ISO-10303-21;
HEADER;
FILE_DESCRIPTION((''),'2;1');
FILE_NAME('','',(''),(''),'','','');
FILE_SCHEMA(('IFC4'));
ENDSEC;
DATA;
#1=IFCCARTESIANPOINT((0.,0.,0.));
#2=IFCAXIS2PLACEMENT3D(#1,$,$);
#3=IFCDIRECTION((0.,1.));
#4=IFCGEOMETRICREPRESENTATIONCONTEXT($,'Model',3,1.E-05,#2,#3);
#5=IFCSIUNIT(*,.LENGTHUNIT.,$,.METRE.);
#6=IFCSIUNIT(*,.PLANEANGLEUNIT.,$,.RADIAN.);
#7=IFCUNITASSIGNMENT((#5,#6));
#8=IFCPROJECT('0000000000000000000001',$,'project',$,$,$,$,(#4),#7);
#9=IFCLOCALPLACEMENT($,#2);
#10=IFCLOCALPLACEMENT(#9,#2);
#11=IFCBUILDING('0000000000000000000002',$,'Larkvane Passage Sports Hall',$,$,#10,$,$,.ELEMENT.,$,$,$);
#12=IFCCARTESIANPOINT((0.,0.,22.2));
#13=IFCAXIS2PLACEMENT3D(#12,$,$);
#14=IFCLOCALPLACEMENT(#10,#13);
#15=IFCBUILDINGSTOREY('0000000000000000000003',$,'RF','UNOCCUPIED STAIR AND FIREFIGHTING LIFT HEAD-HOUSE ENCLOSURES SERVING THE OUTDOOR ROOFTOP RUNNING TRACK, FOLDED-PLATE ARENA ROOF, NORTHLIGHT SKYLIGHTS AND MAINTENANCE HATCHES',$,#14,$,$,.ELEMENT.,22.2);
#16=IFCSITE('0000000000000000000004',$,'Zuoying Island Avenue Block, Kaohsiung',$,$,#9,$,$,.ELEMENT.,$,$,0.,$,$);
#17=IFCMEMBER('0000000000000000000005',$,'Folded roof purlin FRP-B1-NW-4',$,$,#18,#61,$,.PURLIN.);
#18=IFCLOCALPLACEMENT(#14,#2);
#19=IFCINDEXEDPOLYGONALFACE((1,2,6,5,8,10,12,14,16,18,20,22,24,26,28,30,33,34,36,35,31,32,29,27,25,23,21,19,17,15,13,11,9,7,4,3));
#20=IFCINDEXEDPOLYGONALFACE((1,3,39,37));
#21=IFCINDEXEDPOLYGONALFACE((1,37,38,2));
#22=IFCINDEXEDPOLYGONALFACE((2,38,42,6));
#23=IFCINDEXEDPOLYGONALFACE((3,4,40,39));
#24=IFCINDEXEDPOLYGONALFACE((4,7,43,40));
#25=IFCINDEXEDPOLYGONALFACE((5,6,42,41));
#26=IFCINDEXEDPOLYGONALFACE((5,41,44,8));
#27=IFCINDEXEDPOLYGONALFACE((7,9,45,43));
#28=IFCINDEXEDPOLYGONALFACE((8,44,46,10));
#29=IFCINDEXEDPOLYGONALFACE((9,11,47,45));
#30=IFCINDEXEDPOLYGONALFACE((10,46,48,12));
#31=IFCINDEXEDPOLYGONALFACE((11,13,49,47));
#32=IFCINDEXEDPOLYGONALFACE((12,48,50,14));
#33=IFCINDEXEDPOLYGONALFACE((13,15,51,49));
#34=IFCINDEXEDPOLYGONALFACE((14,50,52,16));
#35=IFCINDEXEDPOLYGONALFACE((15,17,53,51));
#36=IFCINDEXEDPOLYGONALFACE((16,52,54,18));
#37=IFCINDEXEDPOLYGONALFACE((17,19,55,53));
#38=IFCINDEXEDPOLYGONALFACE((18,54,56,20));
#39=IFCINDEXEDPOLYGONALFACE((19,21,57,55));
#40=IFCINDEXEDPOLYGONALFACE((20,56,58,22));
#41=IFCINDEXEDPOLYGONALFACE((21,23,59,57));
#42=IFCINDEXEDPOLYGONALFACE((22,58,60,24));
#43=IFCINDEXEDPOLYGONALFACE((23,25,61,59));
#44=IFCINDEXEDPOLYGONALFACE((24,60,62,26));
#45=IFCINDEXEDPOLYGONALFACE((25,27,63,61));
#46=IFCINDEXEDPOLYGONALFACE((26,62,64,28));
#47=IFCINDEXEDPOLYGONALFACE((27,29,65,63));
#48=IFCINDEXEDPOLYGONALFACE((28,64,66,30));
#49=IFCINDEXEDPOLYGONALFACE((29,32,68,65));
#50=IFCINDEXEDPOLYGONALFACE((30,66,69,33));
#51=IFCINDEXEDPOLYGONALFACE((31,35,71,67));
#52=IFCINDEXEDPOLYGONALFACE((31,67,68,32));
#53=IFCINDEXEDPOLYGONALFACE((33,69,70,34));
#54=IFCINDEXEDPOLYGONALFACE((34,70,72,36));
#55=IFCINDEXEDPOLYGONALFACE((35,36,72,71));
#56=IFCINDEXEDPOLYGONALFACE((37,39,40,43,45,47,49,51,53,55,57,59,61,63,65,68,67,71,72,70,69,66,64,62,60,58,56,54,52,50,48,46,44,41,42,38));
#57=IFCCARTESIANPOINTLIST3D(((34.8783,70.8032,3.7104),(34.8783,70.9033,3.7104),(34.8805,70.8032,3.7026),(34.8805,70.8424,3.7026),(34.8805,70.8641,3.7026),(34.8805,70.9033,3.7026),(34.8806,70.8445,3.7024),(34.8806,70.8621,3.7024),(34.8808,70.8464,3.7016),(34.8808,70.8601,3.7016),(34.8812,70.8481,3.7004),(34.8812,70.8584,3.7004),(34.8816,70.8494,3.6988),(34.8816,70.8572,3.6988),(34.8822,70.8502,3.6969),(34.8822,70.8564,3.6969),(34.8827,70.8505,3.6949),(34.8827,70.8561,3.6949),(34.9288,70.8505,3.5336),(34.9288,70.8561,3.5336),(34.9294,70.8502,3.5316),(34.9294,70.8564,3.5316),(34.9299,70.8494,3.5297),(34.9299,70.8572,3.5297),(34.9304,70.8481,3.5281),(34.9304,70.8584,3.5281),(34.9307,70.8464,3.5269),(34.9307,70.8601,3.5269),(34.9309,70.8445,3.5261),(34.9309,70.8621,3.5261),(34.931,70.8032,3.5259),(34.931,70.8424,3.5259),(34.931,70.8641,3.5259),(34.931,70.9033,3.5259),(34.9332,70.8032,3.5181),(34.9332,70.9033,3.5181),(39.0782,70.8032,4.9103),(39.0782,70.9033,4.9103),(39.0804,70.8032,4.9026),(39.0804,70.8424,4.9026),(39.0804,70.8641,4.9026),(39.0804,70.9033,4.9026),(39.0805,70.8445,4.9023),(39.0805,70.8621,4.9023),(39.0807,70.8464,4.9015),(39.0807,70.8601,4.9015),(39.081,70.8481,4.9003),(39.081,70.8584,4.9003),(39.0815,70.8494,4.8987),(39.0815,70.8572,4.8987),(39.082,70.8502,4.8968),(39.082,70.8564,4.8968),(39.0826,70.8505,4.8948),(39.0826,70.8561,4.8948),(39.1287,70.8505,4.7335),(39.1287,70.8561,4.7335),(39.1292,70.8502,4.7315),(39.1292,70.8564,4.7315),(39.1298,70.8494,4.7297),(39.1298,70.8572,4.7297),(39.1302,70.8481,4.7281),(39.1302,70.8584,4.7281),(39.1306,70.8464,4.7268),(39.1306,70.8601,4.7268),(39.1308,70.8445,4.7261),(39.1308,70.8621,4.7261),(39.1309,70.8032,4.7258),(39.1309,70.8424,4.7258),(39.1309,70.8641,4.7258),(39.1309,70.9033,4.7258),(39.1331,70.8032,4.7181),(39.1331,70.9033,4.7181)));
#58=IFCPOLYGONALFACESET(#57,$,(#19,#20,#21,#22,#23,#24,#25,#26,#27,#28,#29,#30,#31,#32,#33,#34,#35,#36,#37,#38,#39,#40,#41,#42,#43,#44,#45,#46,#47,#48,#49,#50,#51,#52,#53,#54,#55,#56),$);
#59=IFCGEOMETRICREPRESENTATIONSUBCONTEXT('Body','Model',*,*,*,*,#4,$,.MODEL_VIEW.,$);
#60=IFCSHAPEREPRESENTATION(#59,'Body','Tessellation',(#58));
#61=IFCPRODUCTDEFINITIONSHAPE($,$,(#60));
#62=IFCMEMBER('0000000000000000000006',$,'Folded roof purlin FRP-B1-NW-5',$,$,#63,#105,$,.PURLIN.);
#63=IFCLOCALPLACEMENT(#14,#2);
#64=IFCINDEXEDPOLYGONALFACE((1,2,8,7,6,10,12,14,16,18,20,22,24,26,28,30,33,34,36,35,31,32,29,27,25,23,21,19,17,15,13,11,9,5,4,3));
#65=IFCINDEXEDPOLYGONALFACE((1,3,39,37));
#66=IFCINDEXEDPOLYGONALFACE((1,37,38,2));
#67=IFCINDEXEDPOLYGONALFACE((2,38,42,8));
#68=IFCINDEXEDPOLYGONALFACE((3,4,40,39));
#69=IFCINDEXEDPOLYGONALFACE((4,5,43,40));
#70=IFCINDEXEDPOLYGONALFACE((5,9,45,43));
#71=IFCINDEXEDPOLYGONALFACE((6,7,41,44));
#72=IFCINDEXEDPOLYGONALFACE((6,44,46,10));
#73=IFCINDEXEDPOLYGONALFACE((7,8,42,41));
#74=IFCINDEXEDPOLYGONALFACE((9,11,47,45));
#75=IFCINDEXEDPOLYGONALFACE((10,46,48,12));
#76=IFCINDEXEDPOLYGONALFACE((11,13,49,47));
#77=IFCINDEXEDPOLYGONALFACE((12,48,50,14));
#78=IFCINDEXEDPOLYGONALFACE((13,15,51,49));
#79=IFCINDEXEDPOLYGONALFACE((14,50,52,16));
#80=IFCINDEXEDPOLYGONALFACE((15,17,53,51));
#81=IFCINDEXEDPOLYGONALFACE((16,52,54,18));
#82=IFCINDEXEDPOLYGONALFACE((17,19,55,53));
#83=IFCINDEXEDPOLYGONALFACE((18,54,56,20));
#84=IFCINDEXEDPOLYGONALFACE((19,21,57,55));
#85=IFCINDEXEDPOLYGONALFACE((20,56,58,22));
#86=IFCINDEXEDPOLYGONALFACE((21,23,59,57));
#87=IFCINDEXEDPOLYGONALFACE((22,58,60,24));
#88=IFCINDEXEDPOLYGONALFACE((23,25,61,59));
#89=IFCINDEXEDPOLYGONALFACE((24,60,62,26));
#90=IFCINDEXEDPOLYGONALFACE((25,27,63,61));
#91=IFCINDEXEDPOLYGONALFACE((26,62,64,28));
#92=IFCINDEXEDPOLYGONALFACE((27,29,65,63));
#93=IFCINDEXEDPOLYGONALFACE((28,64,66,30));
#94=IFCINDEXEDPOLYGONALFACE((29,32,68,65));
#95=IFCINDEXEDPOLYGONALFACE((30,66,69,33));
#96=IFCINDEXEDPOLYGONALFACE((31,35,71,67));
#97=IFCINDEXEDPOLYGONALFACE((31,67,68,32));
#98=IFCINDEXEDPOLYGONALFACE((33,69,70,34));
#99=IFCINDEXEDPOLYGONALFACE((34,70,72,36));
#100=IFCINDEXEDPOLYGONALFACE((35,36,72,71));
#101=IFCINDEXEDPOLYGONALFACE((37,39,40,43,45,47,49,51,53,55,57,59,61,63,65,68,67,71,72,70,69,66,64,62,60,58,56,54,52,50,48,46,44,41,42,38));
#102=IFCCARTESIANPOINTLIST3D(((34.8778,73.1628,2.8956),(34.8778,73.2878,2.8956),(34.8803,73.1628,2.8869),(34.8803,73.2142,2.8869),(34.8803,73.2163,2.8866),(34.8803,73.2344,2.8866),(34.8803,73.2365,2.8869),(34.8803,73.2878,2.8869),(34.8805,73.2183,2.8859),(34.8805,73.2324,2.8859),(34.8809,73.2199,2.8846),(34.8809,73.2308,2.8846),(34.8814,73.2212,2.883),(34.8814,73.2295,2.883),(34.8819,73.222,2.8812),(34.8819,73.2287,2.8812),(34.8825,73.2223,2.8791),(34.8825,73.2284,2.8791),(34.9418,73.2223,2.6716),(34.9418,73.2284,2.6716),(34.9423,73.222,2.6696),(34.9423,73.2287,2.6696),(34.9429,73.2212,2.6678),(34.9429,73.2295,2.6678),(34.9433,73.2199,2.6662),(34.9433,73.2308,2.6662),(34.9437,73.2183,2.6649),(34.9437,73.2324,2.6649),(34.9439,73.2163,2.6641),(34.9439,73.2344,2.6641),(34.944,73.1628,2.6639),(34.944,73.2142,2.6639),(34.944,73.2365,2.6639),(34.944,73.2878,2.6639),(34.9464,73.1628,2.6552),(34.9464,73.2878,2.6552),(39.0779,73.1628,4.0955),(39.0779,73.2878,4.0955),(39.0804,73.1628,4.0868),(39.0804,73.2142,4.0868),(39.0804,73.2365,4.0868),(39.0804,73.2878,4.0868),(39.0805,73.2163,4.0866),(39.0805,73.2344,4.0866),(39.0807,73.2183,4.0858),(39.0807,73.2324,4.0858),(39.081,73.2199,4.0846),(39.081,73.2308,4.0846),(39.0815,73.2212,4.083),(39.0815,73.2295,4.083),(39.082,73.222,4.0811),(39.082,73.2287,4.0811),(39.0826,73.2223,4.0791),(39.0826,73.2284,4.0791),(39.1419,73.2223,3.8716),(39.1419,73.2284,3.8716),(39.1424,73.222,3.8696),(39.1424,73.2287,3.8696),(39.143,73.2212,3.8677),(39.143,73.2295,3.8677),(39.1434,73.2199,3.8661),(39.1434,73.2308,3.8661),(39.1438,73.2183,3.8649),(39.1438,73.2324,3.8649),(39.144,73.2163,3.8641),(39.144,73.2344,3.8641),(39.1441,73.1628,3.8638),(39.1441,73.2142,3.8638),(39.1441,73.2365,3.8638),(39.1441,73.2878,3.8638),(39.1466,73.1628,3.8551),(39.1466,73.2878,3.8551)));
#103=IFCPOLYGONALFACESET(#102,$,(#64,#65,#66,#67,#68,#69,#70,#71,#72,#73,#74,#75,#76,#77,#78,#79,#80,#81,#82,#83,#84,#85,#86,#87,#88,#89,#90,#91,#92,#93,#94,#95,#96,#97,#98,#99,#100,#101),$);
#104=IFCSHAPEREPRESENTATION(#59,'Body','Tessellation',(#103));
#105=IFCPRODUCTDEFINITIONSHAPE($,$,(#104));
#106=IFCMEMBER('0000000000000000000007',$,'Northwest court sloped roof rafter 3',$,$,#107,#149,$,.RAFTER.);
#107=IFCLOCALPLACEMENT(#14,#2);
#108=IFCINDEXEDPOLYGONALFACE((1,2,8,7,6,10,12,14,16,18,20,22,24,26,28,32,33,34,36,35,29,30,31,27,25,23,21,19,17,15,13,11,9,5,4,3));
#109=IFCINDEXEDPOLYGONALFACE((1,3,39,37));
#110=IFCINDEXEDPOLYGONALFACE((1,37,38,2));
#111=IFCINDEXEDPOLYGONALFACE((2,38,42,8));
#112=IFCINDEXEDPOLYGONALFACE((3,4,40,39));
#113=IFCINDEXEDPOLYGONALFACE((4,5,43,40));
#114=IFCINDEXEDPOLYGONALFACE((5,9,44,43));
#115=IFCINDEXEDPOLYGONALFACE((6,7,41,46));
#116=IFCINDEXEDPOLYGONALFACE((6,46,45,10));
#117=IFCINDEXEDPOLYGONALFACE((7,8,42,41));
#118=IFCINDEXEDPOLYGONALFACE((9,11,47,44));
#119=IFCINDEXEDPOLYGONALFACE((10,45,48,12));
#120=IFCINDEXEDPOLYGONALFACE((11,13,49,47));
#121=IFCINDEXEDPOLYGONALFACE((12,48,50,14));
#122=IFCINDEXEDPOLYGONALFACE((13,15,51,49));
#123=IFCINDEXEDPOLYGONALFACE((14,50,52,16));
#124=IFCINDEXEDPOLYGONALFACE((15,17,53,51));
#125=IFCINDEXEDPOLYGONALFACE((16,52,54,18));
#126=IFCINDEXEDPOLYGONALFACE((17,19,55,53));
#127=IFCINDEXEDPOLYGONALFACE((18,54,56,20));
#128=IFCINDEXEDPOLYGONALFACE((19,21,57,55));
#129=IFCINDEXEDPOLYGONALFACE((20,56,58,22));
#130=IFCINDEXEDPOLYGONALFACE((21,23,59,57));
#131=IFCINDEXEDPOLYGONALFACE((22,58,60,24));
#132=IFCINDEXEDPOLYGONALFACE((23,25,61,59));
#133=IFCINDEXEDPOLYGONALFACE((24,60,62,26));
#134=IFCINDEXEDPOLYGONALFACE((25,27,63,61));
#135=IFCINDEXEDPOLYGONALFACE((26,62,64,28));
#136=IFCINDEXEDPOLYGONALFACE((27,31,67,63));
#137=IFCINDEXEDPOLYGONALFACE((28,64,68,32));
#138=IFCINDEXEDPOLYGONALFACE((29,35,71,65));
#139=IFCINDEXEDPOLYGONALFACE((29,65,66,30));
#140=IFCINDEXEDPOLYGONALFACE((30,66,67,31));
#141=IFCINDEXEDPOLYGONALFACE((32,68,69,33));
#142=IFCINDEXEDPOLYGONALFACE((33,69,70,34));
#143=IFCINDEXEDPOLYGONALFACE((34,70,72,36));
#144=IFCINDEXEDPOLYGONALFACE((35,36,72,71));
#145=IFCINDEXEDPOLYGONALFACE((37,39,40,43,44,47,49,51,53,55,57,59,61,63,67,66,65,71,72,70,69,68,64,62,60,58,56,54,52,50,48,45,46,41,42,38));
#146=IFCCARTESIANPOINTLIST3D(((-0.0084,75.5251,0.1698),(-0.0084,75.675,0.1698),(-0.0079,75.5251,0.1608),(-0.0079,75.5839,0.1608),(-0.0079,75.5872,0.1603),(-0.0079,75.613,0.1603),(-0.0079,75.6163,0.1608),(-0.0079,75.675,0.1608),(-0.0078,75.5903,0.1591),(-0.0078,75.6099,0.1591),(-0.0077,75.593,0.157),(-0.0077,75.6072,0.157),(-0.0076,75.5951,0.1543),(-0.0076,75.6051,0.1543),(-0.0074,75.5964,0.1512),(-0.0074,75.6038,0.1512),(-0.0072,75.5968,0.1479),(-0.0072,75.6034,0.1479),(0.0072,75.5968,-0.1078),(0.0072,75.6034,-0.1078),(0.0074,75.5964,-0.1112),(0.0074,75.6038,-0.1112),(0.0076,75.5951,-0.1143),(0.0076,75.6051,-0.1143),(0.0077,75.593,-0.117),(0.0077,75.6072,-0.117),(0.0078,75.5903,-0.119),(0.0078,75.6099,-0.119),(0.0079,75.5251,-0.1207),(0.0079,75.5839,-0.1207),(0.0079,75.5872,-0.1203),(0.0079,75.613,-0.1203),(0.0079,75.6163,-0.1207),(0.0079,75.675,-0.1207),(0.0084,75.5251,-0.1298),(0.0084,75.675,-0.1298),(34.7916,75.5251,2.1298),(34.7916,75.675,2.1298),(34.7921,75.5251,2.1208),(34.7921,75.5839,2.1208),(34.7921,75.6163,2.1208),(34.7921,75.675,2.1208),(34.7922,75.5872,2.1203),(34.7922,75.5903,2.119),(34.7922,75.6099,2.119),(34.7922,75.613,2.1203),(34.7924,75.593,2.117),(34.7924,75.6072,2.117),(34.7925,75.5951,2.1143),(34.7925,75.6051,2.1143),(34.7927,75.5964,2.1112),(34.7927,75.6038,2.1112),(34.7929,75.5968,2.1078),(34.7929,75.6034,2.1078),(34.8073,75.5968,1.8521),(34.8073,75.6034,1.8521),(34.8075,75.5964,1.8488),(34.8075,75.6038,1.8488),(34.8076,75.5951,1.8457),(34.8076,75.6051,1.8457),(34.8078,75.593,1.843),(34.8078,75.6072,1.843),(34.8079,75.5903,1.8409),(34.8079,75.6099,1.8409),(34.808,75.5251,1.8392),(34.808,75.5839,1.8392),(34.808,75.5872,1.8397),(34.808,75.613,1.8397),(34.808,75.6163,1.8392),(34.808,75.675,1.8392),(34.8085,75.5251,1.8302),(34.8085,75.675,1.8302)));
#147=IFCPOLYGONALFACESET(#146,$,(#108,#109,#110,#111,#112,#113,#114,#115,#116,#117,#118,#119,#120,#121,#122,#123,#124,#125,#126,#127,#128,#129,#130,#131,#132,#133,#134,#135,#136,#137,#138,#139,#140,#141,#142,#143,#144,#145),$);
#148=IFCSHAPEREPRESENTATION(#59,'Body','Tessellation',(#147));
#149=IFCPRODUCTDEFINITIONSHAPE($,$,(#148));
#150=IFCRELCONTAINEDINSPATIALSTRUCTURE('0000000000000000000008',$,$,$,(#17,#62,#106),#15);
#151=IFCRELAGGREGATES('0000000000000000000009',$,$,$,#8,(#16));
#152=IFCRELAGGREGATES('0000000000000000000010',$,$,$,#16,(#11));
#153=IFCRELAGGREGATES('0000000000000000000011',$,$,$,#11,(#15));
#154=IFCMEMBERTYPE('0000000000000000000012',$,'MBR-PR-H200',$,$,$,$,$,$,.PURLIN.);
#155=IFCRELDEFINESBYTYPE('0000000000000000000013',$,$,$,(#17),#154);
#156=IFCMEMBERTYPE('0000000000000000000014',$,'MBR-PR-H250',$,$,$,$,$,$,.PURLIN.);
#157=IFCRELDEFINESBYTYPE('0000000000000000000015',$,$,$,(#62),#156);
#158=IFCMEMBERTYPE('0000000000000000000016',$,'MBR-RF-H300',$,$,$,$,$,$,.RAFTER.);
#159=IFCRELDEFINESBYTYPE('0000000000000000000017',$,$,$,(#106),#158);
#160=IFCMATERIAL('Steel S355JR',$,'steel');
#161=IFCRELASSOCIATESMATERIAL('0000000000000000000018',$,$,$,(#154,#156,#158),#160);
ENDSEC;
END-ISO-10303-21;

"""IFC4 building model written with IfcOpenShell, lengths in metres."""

from ifc_helpers import new_model, si_unit, direction, frame, origin, origin_2d, place, context, subcontext, project, spatial, i_section, extrude, material, material_profile, profile_set, type_object, element, save


model = new_model("IFC4")

# Units and contexts
model_context = context("Model", 3, precision=1e-05, world=origin(), true_north=direction((0.0, 1.0)))
body_context = subcontext(model_context, "Body", "Model", "MODEL_VIEW")
ifc_project = project(units=[si_unit("LENGTHUNIT", "METRE"), si_unit("PLANEANGLEUNIT", "RADIAN")], contexts=[model_context])

# Site, building, storey
site_placement = place(None, origin())
site = spatial("IfcSite", under=ifc_project, at=site_placement, Name="Zuoying Island Avenue Block, Kaohsiung", CompositionType="ELEMENT", RefElevation=0.0)
building_placement = place(site_placement, origin())
building = spatial("IfcBuilding", under=site, at=building_placement, Name="Larkvane Passage Sports Hall", CompositionType="ELEMENT")
storey_placement = place(building_placement, frame((0.0, 0.0, 22.2)))
storey = spatial("IfcBuildingStorey", under=building, at=storey_placement, Name="RF", Description="UNOCCUPIED STAIR AND FIREFIGHTING LIFT HEAD-HOUSE ENCLOSURES SERVING THE OUTDOOR ROOFTOP RUNNING TRACK, FOLDED-PLATE ARENA ROOF, NORTHLIGHT SKYLIGHTS AND MAINTENANCE HATCHES", CompositionType="ELEMENT", Elevation=22.2)

# Shared definitions
ifc_material_1 = material(Name="Steel S355JR", Category="steel")

# Members
ifc_material_profile_1 = material_profile(ifc_material_1, i_section(OverallWidth=0.1001, OverallDepth=0.2, WebThickness=0.0056, FlangeThickness=0.0081, FilletRadius=0.0081, at=origin_2d()), Name="H-200x100x5.5x8")
ifc_profile_set_1 = profile_set([ifc_material_profile_1], Name="Steel S355JR")
member_type_1 = type_object("IfcMemberType", Name="MBR-PR-H200", PredefinedType="PURLIN", material=ifc_profile_set_1)
member_1_placement = place(storey_placement, frame((34.9058, 70.8533, 3.6143), z_axis=(0.961526, 0.0, 0.274714), x_axis=(0.0, 1.0, 0.0)))
element("IfcMember", 1, at=member_1_placement, inside=storey, type_object=member_type_1, Name="Folded roof purlin FRP-B1-NW-4", PredefinedType="PURLIN", context=body_context, shape_type="SweptSolid", body=[
    extrude(i_section(OverallWidth=0.1001, OverallDepth=0.2, WebThickness=0.0056, FlangeThickness=0.0081, FilletRadius=0.0081, at=origin_2d()), origin(), (0.0, 0.0, 1.0), 4.3679),
])
ifc_material_profile_2 = material_profile(ifc_material_1, i_section(OverallWidth=0.125, OverallDepth=0.25, WebThickness=0.0061, FlangeThickness=0.009, FilletRadius=0.0081, at=origin_2d()), Name="H-250x125x6x9")
ifc_profile_set_2 = profile_set([ifc_material_profile_2], Name="Steel S355JR")
member_type_2 = type_object("IfcMemberType", Name="MBR-PR-H250", PredefinedType="PURLIN", material=ifc_profile_set_2)
member_2_placement = place(storey_placement, frame((34.9121, 73.2253, 2.7754), z_axis=(0.96153, 0.0, 0.274699), x_axis=(0.0, 1.0, 0.0)))
element("IfcMember", 2, at=member_2_placement, inside=storey, type_object=member_type_2, Name="Folded roof purlin FRP-B1-NW-5", PredefinedType="PURLIN", context=body_context, shape_type="SweptSolid", body=[
    extrude(i_section(OverallWidth=0.125, OverallDepth=0.25, WebThickness=0.0061, FlangeThickness=0.009, FilletRadius=0.0081, at=origin_2d()), origin(), (0.0, 0.0, 1.0), 4.3682),
])
ifc_material_profile_3 = material_profile(ifc_material_1, i_section(OverallWidth=0.1499, OverallDepth=0.3, WebThickness=0.0066, FlangeThickness=0.009, FilletRadius=0.0129, at=origin_2d()), Name="H-300x150x6.5x9")
ifc_profile_set_3 = profile_set([ifc_material_profile_3], Name="Steel S355JR")
member_type_3 = type_object("IfcMemberType", Name="MBR-RF-H300", PredefinedType="RAFTER", material=ifc_profile_set_3)
member_3_placement = place(storey_placement, frame((0.0, 75.6001, 0.02), z_axis=(0.998418, 0.0, 0.056232), x_axis=(0.0, 1.0, 0.0)))
element("IfcMember", 3, at=member_3_placement, inside=storey, type_object=member_type_3, Name="Northwest court sloped roof rafter 3", PredefinedType="RAFTER", context=body_context, shape_type="SweptSolid", body=[
    extrude(i_section(OverallWidth=0.1499, OverallDepth=0.3, WebThickness=0.0066, FlangeThickness=0.009, FilletRadius=0.0129, at=origin_2d()), origin(), (0.0, 0.0, 1.0), 34.8552),
])

save(model, "model.ifc")
